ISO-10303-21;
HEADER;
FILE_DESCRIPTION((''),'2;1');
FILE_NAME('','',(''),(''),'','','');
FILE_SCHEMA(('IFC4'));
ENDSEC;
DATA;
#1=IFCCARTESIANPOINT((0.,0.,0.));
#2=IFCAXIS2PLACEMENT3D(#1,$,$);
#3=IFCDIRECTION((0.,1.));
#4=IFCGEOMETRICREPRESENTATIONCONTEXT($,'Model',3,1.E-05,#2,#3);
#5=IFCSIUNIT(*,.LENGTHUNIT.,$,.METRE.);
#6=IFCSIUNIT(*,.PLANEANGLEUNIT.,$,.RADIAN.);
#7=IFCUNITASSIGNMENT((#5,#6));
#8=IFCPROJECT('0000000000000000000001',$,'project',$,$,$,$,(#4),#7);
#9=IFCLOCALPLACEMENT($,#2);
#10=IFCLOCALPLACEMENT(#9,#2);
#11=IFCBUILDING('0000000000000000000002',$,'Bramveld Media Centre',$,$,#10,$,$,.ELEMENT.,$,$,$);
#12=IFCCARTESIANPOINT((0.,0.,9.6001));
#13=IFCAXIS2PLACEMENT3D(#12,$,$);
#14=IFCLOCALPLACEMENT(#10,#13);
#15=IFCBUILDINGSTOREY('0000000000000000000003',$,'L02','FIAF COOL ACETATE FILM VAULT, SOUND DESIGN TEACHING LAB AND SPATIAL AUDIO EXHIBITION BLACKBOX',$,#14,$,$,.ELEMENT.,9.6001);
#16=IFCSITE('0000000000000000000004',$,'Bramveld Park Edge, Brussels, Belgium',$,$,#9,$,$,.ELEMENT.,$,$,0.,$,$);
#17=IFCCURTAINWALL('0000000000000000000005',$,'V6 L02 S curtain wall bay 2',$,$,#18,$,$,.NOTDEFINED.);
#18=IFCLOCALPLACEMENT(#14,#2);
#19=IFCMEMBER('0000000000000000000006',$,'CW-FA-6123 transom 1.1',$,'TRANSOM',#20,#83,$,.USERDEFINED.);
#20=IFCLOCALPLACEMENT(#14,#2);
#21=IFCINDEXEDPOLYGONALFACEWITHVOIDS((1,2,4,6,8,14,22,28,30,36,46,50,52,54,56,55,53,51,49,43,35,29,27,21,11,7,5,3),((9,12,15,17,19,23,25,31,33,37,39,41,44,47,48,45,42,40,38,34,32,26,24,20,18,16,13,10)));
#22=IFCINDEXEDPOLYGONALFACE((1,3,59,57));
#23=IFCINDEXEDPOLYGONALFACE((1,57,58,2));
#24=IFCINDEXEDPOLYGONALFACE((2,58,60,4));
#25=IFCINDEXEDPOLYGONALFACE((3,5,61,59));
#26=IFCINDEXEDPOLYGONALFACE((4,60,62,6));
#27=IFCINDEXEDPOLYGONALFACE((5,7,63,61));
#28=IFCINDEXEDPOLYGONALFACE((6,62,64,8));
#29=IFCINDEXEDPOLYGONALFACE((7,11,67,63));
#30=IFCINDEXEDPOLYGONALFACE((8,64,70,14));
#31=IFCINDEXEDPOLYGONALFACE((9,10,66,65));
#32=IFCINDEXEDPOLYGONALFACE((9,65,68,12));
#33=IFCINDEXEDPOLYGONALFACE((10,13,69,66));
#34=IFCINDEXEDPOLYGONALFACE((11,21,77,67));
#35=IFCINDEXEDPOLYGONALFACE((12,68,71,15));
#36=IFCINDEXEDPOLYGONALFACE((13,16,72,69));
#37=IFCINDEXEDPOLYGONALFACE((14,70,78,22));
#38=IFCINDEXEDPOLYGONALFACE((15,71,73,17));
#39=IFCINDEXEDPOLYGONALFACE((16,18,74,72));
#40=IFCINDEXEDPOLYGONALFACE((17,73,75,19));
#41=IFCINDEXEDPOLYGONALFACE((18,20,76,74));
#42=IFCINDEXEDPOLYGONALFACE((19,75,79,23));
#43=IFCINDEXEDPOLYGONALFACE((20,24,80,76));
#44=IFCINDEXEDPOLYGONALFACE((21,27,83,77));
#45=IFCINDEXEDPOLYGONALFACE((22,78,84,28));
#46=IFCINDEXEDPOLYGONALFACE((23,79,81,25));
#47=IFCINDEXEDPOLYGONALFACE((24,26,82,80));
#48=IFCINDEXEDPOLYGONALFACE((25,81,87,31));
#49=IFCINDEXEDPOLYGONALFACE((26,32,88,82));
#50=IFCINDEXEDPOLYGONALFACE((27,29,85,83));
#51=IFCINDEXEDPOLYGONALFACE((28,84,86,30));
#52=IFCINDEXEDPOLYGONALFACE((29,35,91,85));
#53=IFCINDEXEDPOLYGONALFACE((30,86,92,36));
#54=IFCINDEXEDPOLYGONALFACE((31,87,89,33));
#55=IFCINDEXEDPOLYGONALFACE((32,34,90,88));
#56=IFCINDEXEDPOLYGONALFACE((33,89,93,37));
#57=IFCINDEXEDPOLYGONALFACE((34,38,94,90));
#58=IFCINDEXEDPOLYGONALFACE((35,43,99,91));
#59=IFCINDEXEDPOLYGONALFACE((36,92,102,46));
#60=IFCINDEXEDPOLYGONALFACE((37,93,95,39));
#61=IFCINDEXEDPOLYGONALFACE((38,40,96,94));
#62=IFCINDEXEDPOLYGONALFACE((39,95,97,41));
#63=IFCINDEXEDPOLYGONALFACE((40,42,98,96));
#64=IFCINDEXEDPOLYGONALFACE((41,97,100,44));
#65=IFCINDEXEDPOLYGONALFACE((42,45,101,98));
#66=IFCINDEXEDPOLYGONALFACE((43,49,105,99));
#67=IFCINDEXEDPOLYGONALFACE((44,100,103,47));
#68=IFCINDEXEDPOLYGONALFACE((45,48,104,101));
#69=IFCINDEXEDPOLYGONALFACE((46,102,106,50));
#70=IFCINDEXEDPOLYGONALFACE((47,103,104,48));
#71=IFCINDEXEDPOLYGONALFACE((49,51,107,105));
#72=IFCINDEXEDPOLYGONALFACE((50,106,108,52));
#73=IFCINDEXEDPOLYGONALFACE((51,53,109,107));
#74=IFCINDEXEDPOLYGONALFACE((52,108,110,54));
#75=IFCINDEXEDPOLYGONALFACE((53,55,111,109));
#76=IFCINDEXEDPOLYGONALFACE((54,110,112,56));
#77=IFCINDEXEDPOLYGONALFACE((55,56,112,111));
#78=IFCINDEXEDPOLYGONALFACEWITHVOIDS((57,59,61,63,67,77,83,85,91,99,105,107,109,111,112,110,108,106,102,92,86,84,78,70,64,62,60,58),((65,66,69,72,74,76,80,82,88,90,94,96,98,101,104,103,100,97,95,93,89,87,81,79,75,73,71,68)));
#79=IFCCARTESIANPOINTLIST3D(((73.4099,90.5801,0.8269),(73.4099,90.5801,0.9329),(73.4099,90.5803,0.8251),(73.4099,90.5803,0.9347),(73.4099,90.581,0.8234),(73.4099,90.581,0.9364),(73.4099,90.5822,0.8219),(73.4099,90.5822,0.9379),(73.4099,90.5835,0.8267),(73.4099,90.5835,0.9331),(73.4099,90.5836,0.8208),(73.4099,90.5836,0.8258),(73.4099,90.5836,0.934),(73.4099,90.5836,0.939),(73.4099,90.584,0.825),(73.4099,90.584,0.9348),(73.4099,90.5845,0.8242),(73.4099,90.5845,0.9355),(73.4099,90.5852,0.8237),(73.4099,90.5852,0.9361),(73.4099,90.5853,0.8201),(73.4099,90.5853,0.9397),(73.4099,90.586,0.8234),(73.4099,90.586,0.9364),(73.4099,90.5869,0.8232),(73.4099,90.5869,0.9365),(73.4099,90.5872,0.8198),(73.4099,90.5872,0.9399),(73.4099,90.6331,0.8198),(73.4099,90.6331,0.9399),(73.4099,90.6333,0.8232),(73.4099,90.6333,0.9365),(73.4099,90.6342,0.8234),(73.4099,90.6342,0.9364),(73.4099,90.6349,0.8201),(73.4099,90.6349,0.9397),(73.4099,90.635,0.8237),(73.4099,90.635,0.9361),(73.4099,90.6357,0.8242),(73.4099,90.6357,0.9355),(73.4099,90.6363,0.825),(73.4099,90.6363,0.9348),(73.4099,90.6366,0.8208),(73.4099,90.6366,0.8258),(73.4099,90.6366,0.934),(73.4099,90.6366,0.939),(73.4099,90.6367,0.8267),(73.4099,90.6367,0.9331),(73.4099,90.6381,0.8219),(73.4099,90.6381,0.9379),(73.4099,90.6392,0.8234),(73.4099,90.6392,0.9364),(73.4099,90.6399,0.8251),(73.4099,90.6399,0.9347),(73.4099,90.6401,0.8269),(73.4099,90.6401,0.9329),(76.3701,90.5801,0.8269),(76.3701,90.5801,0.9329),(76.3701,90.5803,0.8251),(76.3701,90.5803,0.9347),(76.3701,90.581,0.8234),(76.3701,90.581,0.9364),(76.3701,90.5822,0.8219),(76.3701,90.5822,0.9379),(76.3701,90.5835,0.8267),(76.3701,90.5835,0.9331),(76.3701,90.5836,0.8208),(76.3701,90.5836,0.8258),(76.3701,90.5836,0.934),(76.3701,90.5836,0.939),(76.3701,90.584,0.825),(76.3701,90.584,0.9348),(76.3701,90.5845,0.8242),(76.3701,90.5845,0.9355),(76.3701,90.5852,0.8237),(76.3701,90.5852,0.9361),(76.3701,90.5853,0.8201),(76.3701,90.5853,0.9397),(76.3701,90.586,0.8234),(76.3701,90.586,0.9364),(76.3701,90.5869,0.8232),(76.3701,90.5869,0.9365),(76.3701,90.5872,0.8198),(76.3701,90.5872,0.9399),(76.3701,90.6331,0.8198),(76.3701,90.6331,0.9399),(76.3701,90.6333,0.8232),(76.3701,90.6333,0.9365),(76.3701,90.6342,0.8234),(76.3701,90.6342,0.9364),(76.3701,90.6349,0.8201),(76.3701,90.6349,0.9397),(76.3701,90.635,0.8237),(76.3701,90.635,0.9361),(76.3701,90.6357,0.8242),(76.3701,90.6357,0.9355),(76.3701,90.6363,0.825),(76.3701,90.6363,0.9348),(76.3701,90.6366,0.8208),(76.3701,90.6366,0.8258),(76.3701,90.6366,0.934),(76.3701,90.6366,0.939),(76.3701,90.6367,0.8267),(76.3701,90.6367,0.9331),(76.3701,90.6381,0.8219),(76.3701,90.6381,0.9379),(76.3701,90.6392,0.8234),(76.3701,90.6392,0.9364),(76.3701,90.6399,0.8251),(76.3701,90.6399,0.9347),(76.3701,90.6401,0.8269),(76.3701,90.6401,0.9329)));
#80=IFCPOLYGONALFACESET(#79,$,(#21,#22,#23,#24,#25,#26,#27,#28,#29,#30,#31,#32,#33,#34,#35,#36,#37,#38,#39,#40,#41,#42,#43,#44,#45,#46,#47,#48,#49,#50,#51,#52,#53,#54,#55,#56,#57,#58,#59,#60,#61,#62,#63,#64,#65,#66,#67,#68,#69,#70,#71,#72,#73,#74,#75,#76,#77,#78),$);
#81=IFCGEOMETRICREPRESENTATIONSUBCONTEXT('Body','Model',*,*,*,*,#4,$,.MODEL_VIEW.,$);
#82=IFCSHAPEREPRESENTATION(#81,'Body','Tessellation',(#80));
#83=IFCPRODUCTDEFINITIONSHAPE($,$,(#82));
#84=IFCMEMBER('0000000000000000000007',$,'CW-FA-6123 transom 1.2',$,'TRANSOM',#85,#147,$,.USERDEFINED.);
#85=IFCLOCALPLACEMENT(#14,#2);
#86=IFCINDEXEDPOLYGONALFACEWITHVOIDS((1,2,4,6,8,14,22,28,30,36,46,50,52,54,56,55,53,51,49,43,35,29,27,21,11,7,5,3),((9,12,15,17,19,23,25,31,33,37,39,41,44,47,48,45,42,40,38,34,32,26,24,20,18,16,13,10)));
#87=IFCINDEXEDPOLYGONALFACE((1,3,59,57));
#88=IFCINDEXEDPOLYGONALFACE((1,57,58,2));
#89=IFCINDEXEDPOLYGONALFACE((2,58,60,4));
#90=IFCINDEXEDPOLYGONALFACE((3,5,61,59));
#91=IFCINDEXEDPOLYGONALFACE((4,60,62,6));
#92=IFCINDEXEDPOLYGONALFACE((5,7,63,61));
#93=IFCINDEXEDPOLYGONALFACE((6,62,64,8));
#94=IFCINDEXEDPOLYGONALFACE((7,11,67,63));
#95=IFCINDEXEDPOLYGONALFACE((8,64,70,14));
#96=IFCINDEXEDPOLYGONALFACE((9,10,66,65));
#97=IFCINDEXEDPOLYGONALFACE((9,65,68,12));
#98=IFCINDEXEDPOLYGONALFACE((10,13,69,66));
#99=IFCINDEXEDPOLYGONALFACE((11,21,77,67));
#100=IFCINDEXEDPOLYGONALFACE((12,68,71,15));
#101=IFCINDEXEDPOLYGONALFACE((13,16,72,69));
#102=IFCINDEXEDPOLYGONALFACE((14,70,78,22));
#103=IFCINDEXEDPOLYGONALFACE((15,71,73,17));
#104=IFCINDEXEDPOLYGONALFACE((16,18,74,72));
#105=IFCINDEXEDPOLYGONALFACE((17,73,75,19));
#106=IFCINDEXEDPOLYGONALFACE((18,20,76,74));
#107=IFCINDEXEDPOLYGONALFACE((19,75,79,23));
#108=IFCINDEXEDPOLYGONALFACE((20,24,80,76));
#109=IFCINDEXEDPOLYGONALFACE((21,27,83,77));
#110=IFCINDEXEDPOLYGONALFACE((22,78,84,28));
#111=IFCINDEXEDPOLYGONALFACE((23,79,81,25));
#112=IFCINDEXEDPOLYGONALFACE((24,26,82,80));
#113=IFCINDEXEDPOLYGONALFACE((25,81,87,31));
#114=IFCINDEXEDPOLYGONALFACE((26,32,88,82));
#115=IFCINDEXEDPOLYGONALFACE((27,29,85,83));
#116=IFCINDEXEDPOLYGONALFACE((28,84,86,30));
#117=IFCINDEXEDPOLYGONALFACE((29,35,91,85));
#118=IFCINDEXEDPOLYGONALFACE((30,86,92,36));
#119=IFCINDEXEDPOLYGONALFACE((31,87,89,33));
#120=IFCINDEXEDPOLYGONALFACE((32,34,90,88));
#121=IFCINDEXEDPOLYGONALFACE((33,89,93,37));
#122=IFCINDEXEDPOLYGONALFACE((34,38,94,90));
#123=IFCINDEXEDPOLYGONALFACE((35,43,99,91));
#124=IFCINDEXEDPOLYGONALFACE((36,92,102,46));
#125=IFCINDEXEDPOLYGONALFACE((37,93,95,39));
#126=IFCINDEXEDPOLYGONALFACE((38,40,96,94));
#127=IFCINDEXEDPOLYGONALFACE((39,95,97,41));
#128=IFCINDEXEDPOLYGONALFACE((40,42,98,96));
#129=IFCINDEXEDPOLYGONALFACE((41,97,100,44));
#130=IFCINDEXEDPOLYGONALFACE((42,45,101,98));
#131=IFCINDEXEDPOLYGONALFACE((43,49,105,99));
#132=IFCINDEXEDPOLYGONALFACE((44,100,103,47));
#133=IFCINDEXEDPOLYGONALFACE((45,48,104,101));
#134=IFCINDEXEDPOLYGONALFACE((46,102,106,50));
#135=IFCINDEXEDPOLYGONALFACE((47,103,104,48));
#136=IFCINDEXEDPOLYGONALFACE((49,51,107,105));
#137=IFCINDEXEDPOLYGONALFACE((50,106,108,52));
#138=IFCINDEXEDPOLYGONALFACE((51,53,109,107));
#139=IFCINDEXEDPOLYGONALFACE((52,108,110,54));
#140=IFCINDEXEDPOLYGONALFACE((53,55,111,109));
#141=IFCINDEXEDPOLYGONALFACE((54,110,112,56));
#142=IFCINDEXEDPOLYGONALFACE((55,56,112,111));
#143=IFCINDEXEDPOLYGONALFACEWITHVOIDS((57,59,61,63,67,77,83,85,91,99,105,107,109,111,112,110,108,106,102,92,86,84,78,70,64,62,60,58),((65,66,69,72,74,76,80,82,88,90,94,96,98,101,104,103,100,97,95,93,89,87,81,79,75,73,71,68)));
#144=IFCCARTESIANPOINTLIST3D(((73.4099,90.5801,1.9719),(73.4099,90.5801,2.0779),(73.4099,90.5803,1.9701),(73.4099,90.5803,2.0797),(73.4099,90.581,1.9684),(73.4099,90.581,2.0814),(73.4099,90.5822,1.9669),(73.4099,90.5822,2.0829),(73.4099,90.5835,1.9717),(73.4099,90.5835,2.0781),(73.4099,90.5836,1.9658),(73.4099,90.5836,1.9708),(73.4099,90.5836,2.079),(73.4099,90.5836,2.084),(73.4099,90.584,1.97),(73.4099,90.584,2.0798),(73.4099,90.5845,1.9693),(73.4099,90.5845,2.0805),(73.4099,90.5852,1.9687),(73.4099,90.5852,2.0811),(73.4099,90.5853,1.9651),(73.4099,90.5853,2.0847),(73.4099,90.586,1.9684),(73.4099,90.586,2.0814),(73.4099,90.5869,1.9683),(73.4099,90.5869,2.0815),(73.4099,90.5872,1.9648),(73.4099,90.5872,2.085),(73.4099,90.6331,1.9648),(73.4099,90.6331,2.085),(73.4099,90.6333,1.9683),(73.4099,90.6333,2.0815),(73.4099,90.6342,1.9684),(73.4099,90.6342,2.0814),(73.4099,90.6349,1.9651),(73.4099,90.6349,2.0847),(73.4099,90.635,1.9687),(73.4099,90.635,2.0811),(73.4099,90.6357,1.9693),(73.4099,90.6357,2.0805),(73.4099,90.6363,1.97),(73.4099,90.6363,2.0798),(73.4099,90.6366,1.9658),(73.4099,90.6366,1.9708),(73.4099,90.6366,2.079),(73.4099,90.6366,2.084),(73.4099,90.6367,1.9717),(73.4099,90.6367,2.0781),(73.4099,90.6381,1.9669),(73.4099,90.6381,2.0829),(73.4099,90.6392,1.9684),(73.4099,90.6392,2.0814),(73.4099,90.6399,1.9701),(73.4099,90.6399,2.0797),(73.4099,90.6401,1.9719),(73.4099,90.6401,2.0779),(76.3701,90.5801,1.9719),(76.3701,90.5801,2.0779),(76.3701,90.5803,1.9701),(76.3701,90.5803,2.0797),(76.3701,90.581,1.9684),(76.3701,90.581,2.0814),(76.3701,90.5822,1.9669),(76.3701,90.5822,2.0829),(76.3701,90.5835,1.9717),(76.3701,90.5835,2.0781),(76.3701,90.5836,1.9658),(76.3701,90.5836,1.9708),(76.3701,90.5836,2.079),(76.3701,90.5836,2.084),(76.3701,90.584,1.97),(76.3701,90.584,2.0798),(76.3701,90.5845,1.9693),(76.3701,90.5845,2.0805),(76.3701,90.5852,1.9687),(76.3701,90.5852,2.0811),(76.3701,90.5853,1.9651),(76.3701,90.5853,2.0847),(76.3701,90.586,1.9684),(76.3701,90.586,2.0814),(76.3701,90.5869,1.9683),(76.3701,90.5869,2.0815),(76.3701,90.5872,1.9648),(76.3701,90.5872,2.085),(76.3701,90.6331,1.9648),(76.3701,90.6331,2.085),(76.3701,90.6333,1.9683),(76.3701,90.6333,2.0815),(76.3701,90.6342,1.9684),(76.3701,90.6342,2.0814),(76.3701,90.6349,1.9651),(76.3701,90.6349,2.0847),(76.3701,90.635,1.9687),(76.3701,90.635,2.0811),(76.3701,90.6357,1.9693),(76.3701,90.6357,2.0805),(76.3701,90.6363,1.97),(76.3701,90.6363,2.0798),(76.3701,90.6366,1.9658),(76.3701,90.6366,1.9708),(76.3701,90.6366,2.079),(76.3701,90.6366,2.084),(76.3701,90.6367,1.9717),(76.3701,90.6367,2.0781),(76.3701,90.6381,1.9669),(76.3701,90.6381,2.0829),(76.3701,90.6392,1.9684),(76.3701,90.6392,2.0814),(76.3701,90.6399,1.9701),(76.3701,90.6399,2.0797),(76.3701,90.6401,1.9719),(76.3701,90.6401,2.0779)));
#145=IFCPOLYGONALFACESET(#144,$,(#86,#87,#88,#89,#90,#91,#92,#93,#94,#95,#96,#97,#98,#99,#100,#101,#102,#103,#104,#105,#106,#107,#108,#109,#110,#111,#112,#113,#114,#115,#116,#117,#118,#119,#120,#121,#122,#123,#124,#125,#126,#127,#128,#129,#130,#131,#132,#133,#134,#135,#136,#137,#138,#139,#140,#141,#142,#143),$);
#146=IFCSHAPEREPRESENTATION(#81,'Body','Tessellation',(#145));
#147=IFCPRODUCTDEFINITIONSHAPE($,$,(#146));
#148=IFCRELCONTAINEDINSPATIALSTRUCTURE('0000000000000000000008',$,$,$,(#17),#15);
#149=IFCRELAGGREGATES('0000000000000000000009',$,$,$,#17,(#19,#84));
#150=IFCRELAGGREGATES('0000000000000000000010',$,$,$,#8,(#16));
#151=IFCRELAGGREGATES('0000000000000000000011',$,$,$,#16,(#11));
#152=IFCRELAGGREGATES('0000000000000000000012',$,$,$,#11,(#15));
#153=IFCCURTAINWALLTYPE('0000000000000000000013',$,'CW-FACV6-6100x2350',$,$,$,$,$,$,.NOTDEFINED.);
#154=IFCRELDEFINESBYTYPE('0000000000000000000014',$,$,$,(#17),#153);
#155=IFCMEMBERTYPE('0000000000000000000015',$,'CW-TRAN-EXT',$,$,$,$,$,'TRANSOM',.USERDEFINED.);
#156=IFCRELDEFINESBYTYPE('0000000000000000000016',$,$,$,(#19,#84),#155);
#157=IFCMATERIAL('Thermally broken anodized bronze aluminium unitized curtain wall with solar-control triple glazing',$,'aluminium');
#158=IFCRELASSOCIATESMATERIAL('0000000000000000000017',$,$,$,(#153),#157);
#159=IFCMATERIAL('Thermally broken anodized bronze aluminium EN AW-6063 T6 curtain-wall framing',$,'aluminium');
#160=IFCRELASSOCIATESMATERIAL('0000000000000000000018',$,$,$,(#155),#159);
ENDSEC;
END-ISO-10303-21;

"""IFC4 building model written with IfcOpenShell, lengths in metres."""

from ifc_helpers import new_model, si_unit, direction, frame, origin, origin_2d, place, context, subcontext, project, spatial, hollow_rectangle, extrude, material, material_profile, profile_set, type_object, element, aggregate, save


model = new_model("IFC4")

# Units and contexts
model_context = context("Model", 3, precision=1e-05, world=origin(), true_north=direction((0.0, 1.0)))
body_context = subcontext(model_context, "Body", "Model", "MODEL_VIEW")
ifc_project = project(units=[si_unit("LENGTHUNIT", "METRE"), si_unit("PLANEANGLEUNIT", "RADIAN")], contexts=[model_context])

# Site, building, storey
site_placement = place(None, origin())
site = spatial("IfcSite", under=ifc_project, at=site_placement, Name="Bramveld Park Edge, Brussels, Belgium", CompositionType="ELEMENT", RefElevation=0.0)
building_placement = place(site_placement, origin())
building = spatial("IfcBuilding", under=site, at=building_placement, Name="Bramveld Media Centre", CompositionType="ELEMENT")
storey_placement = place(building_placement, frame((0.0, 0.0, 9.6001)))
storey = spatial("IfcBuildingStorey", under=building, at=storey_placement, Name="L02", Description="FIAF COOL ACETATE FILM VAULT, SOUND DESIGN TEACHING LAB AND SPATIAL AUDIO EXHIBITION BLACKBOX", CompositionType="ELEMENT", Elevation=9.6001)

# Curtain wall
ifc_material_1 = material(Name="Thermally broken anodized bronze aluminium unitized curtain wall with solar-control triple glazing", Category="aluminium")
curtain_wall_type_1 = type_object("IfcCurtainWallType", Name="CW-FACV6-6100x2350", PredefinedType="NOTDEFINED", material=ifc_material_1)
curtain_wall_1_placement = place(storey_placement, origin())
curtain_wall_1 = element("IfcCurtainWall", 1, at=curtain_wall_1_placement, inside=storey, type_object=curtain_wall_type_1, Name="V6 L02 S curtain wall bay 2", PredefinedType="NOTDEFINED")

# Members
ifc_material_2 = material(Name="Thermally broken anodized bronze aluminium EN AW-6063 T6 curtain-wall framing", Category="aluminium")
ifc_material_profile_1 = material_profile(ifc_material_2, hollow_rectangle(XDim=0.0601, YDim=0.1201, WallThickness=0.0034, InnerFilletRadius=0.0034, OuterFilletRadius=0.0071, at=origin_2d()), Name="AL-TRAN 60x120")
ifc_profile_set_1 = profile_set([ifc_material_profile_1], Name="Thermally broken anodized bronze aluminium EN AW-6063 T6 curtain-wall framing")
member_type_1 = type_object("IfcMemberType", Name="CW-TRAN-EXT", ElementType="TRANSOM", PredefinedType="USERDEFINED", material=ifc_profile_set_1)
member_1_placement = place(storey_placement, frame((73.4099, 90.6101, 0.8799), z_axis=(1.0, 0.0, 0.0), x_axis=(0.0, 1.0, 0.0)))
member_1 = element("IfcMember", 2, at=member_1_placement, type_object=member_type_1, Name="CW-FA-6123 transom 1.1", ObjectType="TRANSOM", PredefinedType="USERDEFINED", context=body_context, shape_type="SweptSolid", body=[
    extrude(hollow_rectangle(XDim=0.0601, YDim=0.1201, WallThickness=0.0034, InnerFilletRadius=0.0034, OuterFilletRadius=0.0071, at=origin_2d()), origin(), (0.0, 0.0, 1.0), 2.9602),
])
member_2_placement = place(storey_placement, frame((73.4099, 90.6101, 2.0249), z_axis=(1.0, 0.0, 0.0), x_axis=(0.0, 1.0, 0.0)))
member_2 = element("IfcMember", 3, at=member_2_placement, type_object=member_type_1, Name="CW-FA-6123 transom 1.2", ObjectType="TRANSOM", PredefinedType="USERDEFINED", context=body_context, shape_type="SweptSolid", body=[
    extrude(hollow_rectangle(XDim=0.0601, YDim=0.1201, WallThickness=0.0034, InnerFilletRadius=0.0034, OuterFilletRadius=0.0071, at=origin_2d()), origin(), (0.0, 0.0, 1.0), 2.9602),
])

aggregate(curtain_wall_1, [member_1, member_2])

save(model, "model.ifc")
